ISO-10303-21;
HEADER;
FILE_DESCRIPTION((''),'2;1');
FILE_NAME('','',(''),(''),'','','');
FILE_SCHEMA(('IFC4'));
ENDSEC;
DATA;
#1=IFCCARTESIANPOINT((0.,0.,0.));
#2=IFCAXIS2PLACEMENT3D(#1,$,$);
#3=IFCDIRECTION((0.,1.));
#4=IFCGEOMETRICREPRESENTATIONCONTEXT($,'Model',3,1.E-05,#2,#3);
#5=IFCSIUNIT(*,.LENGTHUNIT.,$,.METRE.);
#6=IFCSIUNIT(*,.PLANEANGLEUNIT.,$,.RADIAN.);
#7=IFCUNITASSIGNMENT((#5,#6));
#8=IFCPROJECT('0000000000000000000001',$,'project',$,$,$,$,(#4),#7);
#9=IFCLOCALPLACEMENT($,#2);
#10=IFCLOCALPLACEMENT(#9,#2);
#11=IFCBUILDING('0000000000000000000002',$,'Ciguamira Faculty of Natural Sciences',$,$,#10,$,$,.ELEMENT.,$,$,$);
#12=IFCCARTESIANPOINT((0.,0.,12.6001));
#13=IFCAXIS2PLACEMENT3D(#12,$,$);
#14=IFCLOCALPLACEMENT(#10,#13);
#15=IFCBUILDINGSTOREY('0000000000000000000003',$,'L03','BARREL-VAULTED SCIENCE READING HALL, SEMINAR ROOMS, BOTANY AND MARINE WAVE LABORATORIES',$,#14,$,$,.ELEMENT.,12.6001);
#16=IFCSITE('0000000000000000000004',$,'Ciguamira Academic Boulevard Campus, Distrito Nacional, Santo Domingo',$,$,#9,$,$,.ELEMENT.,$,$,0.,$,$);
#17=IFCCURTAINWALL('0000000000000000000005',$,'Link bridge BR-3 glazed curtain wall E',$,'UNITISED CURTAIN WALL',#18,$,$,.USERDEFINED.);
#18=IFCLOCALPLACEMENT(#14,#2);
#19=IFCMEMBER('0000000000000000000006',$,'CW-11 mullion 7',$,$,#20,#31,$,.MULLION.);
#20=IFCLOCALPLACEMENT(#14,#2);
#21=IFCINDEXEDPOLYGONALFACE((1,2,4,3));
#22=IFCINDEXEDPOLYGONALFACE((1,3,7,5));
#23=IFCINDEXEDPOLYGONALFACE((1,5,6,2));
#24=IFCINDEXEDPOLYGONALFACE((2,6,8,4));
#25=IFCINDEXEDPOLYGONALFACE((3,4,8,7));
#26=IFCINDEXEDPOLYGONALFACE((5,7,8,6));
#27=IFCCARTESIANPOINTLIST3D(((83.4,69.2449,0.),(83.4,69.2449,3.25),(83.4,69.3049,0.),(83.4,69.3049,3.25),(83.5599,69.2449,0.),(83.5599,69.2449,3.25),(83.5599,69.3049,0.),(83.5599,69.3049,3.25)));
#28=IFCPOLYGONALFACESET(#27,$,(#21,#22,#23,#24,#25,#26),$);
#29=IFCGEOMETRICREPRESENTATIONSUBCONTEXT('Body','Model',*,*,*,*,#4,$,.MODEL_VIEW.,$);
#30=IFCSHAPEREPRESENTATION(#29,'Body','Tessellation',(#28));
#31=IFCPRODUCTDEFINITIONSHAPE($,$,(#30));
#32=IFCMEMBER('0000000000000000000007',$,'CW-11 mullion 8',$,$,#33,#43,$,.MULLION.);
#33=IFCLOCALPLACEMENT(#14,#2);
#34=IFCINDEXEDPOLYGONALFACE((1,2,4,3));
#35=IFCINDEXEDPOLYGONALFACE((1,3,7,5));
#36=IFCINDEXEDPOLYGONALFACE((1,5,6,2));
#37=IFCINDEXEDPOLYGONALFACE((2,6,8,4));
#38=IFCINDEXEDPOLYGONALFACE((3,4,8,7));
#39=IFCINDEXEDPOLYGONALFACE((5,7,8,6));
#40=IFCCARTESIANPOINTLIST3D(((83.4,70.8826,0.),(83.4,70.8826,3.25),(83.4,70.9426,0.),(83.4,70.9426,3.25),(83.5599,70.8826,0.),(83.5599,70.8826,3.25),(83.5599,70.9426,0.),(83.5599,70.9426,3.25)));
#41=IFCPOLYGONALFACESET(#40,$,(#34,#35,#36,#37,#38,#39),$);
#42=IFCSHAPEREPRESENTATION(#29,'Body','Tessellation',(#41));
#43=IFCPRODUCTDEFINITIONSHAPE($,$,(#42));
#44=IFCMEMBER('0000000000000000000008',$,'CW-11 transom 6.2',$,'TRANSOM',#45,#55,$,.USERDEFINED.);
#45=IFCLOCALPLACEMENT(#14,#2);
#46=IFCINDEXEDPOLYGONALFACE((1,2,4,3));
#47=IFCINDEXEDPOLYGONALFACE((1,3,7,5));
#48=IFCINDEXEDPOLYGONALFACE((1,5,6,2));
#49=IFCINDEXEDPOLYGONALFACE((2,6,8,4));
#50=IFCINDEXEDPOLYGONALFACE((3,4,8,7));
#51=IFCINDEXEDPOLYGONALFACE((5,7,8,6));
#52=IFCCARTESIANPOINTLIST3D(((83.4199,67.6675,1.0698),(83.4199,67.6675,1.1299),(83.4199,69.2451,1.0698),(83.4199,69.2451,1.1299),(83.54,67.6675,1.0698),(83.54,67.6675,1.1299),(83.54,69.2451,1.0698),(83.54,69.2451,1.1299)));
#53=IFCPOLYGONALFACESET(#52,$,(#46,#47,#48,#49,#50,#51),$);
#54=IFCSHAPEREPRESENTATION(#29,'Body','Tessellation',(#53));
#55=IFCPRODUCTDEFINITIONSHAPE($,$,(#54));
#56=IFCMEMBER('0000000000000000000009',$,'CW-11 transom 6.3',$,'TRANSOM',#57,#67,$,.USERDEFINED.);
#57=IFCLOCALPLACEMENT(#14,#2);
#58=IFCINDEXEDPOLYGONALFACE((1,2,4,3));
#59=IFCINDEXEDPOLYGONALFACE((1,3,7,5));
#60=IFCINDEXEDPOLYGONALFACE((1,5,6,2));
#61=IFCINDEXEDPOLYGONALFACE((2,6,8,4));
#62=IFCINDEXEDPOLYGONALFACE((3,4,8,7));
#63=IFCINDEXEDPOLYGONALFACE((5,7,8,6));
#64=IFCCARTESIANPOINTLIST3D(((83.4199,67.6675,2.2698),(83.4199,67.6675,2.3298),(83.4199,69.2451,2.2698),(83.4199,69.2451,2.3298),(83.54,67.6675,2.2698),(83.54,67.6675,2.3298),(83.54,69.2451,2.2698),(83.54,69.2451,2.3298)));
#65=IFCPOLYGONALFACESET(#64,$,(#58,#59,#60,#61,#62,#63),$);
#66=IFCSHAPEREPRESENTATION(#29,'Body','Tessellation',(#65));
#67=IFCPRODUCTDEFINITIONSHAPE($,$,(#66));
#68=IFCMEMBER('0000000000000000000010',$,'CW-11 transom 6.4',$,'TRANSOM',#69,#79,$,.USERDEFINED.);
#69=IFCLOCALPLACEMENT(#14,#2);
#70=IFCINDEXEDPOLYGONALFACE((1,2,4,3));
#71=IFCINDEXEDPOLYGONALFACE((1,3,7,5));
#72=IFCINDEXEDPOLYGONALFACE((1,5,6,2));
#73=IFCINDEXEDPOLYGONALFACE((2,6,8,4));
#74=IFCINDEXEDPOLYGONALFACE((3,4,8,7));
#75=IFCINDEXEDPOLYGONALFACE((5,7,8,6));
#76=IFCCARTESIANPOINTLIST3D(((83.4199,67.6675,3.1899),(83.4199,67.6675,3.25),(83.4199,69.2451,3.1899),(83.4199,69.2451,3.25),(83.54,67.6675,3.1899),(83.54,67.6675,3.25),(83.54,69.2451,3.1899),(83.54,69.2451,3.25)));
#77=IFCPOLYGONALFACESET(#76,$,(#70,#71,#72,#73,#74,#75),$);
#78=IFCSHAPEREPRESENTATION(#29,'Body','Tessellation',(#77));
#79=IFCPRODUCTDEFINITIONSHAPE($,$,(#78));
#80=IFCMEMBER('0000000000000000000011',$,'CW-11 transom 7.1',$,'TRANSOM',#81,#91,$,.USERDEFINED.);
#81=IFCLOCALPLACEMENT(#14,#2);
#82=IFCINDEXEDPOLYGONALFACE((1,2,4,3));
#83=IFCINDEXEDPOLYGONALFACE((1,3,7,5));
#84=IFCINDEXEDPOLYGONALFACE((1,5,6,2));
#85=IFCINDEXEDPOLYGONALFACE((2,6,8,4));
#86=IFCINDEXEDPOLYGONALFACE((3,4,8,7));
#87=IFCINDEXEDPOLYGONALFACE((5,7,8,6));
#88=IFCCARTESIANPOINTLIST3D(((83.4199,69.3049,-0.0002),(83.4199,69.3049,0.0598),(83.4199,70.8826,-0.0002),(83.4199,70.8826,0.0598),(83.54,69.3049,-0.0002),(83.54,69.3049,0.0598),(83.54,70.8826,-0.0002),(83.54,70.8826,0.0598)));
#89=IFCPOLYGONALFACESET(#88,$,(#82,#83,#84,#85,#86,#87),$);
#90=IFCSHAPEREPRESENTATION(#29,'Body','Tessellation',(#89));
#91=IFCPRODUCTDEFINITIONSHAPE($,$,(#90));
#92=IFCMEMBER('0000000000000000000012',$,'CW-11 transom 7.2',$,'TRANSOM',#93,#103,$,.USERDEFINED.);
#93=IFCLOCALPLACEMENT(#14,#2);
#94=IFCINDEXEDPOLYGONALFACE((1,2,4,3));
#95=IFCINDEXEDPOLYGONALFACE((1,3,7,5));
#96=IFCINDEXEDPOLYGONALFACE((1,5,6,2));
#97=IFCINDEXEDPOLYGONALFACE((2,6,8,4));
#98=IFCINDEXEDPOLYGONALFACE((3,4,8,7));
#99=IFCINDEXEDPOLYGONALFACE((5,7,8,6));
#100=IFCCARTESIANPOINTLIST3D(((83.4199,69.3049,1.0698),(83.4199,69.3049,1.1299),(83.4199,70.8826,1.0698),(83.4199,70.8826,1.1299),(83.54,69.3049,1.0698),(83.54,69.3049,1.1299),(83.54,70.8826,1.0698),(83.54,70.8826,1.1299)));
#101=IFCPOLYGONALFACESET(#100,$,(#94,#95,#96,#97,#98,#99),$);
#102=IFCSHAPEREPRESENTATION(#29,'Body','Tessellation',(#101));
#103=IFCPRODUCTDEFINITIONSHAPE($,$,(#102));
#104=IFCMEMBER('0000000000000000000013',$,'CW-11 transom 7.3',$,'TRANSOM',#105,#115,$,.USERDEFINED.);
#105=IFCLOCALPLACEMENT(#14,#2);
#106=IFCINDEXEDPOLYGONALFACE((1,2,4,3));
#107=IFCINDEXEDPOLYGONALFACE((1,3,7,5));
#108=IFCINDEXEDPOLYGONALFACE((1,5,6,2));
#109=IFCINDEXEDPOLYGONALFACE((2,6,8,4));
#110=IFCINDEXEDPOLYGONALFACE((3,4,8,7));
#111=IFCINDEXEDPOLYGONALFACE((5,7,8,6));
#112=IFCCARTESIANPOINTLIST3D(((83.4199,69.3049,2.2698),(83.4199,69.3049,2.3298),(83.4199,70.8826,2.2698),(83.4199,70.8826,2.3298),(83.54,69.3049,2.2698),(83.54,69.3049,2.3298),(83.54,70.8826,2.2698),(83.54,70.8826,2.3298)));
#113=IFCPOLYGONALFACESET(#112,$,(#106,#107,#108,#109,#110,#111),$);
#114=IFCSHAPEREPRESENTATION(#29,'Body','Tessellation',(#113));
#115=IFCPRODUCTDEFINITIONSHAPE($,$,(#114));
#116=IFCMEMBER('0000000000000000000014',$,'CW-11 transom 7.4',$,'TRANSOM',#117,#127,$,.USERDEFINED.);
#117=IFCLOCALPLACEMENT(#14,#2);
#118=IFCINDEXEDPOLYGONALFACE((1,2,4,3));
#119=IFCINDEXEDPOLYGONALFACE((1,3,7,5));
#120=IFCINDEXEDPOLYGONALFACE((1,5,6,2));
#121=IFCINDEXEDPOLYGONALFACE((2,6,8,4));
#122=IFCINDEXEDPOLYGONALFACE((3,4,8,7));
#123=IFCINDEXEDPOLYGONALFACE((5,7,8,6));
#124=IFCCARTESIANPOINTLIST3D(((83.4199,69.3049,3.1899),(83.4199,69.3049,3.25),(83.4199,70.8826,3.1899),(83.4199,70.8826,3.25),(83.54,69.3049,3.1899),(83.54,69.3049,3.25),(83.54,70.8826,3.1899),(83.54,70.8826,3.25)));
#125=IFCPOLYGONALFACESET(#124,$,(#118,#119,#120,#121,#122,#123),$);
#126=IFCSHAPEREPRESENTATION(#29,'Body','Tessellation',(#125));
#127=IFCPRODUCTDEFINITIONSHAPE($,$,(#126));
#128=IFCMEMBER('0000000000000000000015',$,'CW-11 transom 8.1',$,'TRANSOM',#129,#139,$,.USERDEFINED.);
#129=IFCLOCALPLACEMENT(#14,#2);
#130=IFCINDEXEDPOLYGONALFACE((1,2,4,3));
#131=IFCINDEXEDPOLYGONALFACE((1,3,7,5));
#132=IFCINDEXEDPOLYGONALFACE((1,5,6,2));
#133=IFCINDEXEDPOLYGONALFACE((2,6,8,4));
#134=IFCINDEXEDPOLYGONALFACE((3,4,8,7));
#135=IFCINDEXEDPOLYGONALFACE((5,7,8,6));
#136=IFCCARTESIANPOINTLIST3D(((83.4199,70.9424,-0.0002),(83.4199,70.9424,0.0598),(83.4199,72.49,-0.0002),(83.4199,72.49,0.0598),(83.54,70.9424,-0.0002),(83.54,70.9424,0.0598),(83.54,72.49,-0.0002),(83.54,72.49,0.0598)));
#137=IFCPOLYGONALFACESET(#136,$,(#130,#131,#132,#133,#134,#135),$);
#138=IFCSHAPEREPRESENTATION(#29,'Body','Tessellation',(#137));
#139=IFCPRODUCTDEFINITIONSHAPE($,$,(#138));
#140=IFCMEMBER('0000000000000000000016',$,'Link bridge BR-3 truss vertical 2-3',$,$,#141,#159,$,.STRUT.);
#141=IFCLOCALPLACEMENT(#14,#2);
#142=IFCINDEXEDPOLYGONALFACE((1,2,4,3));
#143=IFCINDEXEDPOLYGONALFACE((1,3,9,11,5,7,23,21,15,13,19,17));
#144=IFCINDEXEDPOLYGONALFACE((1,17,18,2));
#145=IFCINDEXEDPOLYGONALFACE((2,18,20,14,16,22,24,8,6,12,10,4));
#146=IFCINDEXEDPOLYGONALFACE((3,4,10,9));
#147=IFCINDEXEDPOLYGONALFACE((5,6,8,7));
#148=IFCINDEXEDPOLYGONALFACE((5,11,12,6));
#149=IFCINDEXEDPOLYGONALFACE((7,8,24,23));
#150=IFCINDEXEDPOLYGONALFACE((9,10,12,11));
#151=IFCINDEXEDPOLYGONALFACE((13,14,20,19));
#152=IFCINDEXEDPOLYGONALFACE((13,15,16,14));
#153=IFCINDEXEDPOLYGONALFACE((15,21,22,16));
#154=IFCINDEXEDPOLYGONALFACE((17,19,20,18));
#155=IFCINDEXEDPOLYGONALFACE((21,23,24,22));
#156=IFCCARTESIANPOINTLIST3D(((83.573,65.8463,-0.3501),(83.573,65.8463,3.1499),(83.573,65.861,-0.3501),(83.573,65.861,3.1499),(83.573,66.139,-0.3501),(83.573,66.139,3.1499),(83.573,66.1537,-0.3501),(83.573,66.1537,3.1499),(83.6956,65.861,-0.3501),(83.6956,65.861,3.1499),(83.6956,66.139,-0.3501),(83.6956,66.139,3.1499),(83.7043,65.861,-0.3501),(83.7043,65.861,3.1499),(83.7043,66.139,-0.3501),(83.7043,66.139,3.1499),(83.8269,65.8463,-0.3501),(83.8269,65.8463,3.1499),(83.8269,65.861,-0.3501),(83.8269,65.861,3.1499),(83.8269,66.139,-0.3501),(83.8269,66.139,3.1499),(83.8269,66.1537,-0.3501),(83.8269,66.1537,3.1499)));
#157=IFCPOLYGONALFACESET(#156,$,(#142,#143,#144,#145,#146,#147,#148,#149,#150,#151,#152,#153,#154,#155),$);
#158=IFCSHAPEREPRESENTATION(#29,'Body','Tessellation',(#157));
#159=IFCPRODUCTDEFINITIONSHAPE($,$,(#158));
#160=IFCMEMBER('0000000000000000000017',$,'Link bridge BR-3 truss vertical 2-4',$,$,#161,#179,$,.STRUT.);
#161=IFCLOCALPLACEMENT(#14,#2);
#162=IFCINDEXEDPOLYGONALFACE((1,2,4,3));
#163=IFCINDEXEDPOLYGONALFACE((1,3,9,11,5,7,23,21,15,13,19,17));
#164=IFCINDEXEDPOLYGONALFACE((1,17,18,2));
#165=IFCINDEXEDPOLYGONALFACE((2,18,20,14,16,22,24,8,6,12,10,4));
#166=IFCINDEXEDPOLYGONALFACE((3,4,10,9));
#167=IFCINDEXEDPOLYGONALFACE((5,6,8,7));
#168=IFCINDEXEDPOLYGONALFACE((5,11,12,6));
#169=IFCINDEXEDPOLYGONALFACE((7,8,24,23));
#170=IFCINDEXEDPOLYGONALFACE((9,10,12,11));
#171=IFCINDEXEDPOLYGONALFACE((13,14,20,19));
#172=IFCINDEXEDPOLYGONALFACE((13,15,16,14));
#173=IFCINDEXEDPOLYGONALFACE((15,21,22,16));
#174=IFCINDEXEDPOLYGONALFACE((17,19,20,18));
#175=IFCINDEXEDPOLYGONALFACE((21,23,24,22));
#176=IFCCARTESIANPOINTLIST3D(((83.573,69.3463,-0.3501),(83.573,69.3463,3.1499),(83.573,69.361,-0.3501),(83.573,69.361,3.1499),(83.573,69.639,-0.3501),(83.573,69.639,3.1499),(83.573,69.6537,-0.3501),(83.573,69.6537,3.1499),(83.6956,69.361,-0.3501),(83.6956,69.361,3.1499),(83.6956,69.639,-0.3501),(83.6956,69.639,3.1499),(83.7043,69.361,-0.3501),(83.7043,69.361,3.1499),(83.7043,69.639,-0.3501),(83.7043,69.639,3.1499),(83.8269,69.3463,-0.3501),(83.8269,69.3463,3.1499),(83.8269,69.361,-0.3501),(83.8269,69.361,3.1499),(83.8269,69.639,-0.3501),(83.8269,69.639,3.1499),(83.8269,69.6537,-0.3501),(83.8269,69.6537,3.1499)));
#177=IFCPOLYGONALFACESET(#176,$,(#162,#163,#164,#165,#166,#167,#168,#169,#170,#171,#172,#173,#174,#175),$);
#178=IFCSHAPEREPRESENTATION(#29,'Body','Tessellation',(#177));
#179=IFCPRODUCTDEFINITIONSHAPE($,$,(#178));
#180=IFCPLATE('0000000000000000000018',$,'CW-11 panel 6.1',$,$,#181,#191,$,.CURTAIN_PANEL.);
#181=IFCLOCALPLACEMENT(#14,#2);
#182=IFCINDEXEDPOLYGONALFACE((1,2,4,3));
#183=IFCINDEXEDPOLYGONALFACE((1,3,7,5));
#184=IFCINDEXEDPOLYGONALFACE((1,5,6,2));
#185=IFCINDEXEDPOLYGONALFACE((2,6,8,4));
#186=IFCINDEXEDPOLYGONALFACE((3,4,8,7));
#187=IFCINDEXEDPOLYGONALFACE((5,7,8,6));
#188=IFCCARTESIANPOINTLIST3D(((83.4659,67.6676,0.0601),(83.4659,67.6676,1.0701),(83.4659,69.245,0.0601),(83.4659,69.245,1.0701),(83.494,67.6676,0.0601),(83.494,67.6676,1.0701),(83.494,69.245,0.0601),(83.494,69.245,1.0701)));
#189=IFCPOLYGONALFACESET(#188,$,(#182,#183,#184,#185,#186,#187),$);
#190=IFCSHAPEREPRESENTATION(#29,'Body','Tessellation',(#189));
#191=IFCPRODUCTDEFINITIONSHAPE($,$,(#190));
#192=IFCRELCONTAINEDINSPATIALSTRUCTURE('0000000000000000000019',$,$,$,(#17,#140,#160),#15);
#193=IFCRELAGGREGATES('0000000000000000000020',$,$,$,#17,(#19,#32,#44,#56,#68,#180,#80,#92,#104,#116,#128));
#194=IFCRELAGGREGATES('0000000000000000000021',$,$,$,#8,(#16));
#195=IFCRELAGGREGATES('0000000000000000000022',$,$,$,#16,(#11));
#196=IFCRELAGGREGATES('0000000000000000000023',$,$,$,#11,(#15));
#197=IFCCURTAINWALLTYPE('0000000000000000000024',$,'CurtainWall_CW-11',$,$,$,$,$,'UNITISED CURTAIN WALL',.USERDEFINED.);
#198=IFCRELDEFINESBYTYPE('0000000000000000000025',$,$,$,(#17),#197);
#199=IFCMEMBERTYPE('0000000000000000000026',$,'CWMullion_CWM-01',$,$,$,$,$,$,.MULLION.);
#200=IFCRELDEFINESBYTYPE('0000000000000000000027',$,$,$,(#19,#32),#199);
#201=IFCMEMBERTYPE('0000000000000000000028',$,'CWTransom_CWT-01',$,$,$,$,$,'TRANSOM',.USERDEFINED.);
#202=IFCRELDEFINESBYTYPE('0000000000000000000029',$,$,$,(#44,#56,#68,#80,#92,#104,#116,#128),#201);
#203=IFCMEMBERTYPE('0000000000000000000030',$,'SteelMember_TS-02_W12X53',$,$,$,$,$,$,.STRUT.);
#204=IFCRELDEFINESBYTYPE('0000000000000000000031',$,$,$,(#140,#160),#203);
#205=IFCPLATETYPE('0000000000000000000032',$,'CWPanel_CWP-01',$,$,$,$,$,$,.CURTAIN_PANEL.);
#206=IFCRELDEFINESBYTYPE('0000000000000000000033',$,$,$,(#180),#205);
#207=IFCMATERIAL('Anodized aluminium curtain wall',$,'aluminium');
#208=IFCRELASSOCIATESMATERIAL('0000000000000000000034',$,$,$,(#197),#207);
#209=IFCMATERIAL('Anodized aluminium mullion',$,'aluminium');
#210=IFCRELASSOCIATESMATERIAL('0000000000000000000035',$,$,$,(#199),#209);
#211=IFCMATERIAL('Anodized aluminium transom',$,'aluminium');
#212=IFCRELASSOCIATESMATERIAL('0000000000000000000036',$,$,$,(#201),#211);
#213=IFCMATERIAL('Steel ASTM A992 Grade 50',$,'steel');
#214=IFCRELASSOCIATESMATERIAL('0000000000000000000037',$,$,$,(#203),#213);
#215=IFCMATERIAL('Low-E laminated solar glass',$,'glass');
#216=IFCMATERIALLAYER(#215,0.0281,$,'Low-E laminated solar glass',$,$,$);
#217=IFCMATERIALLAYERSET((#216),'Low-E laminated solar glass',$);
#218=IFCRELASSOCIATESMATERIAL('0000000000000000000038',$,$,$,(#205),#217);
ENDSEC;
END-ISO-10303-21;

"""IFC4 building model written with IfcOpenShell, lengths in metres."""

from ifc_helpers import new_model, si_unit, direction, frame, origin, origin_2d, place, context, subcontext, project, spatial, rectangle, i_section, extrude, material, layer, layer_set, material_profile, profile_set, type_object, element, aggregate, save


model = new_model("IFC4")

# Units and contexts
model_context = context("Model", 3, precision=1e-05, world=origin(), true_north=direction((0.0, 1.0)))
body_context = subcontext(model_context, "Body", "Model", "MODEL_VIEW")
ifc_project = project(units=[si_unit("LENGTHUNIT", "METRE"), si_unit("PLANEANGLEUNIT", "RADIAN")], contexts=[model_context])

# Site, building, storey
site_placement = place(None, origin())
site = spatial("IfcSite", under=ifc_project, at=site_placement, Name="Ciguamira Academic Boulevard Campus, Distrito Nacional, Santo Domingo", CompositionType="ELEMENT", RefElevation=0.0)
building_placement = place(site_placement, origin())
building = spatial("IfcBuilding", under=site, at=building_placement, Name="Ciguamira Faculty of Natural Sciences", CompositionType="ELEMENT")
storey_placement = place(building_placement, frame((0.0, 0.0, 12.6001)))
storey = spatial("IfcBuildingStorey", under=building, at=storey_placement, Name="L03", Description="BARREL-VAULTED SCIENCE READING HALL, SEMINAR ROOMS, BOTANY AND MARINE WAVE LABORATORIES", CompositionType="ELEMENT", Elevation=12.6001)

# Curtain wall, members
ifc_material_1 = material(Name="Anodized aluminium curtain wall", Category="aluminium")
curtain_wall_type = type_object("IfcCurtainWallType", Name="CurtainWall_CW-11", ElementType="UNITISED CURTAIN WALL", PredefinedType="USERDEFINED", material=ifc_material_1)
curtain_wall_placement = place(storey_placement, origin())
curtain_wall = element("IfcCurtainWall", 1, at=curtain_wall_placement, inside=storey, type_object=curtain_wall_type, Name="Link bridge BR-3 glazed curtain wall E", ObjectType="UNITISED CURTAIN WALL", PredefinedType="USERDEFINED")
ifc_material_2 = material(Name="Anodized aluminium mullion", Category="aluminium")
ifc_material_profile_1 = material_profile(ifc_material_2, rectangle(XDim=0.0601, YDim=0.1599, at=origin_2d()), Name="ALU-MUL-60X160")
ifc_profile_set_1 = profile_set([ifc_material_profile_1], Name="Anodized aluminium mullion")
member_type_1 = type_object("IfcMemberType", Name="CWMullion_CWM-01", PredefinedType="MULLION", material=ifc_profile_set_1)
member_1_placement = place(storey_placement, frame((83.48, 69.2749, 0.0), z_axis=(0.0, 0.0, 1.0), x_axis=(0.0, 1.0, 0.0)))
member_1 = element("IfcMember", 2, at=member_1_placement, type_object=member_type_1, Name="CW-11 mullion 7", PredefinedType="MULLION", context=body_context, shape_type="SweptSolid", body=[
    extrude(rectangle(XDim=0.0601, YDim=0.1599, at=origin_2d()), origin(), (0.0, 0.0, 1.0), 3.25),
])
member_2_placement = place(storey_placement, frame((83.48, 70.9126, 0.0), z_axis=(0.0, 0.0, 1.0), x_axis=(0.0, 1.0, 0.0)))
member_2 = element("IfcMember", 3, at=member_2_placement, type_object=member_type_1, Name="CW-11 mullion 8", PredefinedType="MULLION", context=body_context, shape_type="SweptSolid", body=[
    extrude(rectangle(XDim=0.0601, YDim=0.1599, at=origin_2d()), origin(), (0.0, 0.0, 1.0), 3.25),
])
ifc_material_3 = material(Name="Anodized aluminium transom", Category="aluminium")
ifc_material_profile_2 = material_profile(ifc_material_3, rectangle(XDim=0.0601, YDim=0.1201, at=origin_2d()), Name="ALU-TRN-60X120")
ifc_profile_set_2 = profile_set([ifc_material_profile_2], Name="Anodized aluminium transom")
member_type_2 = type_object("IfcMemberType", Name="CWTransom_CWT-01", ElementType="TRANSOM", PredefinedType="USERDEFINED", material=ifc_profile_set_2)
member_3_placement = place(storey_placement, frame((83.48, 67.6675, 1.0999), z_axis=(0.0, 1.0, 0.0), x_axis=(0.0, 0.0, 1.0)))
member_3 = element("IfcMember", 4, at=member_3_placement, type_object=member_type_2, Name="CW-11 transom 6.2", ObjectType="TRANSOM", PredefinedType="USERDEFINED", context=body_context, shape_type="SweptSolid", body=[
    extrude(rectangle(XDim=0.0601, YDim=0.1201, at=origin_2d()), origin(), (0.0, 0.0, 1.0), 1.5776),
])
member_4_placement = place(storey_placement, frame((83.48, 67.6675, 2.2998), z_axis=(0.0, 1.0, 0.0), x_axis=(0.0, 0.0, 1.0)))
member_4 = element("IfcMember", 5, at=member_4_placement, type_object=member_type_2, Name="CW-11 transom 6.3", ObjectType="TRANSOM", PredefinedType="USERDEFINED", context=body_context, shape_type="SweptSolid", body=[
    extrude(rectangle(XDim=0.0601, YDim=0.1201, at=origin_2d()), origin(), (0.0, 0.0, 1.0), 1.5776),
])
member_5_placement = place(storey_placement, frame((83.48, 67.6675, 3.22), z_axis=(0.0, 1.0, 0.0), x_axis=(0.0, 0.0, 1.0)))
member_5 = element("IfcMember", 6, at=member_5_placement, type_object=member_type_2, Name="CW-11 transom 6.4", ObjectType="TRANSOM", PredefinedType="USERDEFINED", context=body_context, shape_type="SweptSolid", body=[
    extrude(rectangle(XDim=0.0601, YDim=0.1201, at=origin_2d()), origin(), (0.0, 0.0, 1.0), 1.5776),
])
member_6_placement = place(storey_placement, frame((83.48, 69.3049, 0.0298), z_axis=(0.0, 1.0, 0.0), x_axis=(0.0, 0.0, 1.0)))
member_6 = element("IfcMember", 7, at=member_6_placement, type_object=member_type_2, Name="CW-11 transom 7.1", ObjectType="TRANSOM", PredefinedType="USERDEFINED", context=body_context, shape_type="SweptSolid", body=[
    extrude(rectangle(XDim=0.0601, YDim=0.1201, at=origin_2d()), origin(), (0.0, 0.0, 1.0), 1.5776),
])
member_7_placement = place(storey_placement, frame((83.48, 69.3049, 1.0999), z_axis=(0.0, 1.0, 0.0), x_axis=(0.0, 0.0, 1.0)))
member_7 = element("IfcMember", 8, at=member_7_placement, type_object=member_type_2, Name="CW-11 transom 7.2", ObjectType="TRANSOM", PredefinedType="USERDEFINED", context=body_context, shape_type="SweptSolid", body=[
    extrude(rectangle(XDim=0.0601, YDim=0.1201, at=origin_2d()), origin(), (0.0, 0.0, 1.0), 1.5776),
])
member_8_placement = place(storey_placement, frame((83.48, 69.3049, 2.2998), z_axis=(0.0, 1.0, 0.0), x_axis=(0.0, 0.0, 1.0)))
member_8 = element("IfcMember", 9, at=member_8_placement, type_object=member_type_2, Name="CW-11 transom 7.3", ObjectType="TRANSOM", PredefinedType="USERDEFINED", context=body_context, shape_type="SweptSolid", body=[
    extrude(rectangle(XDim=0.0601, YDim=0.1201, at=origin_2d()), origin(), (0.0, 0.0, 1.0), 1.5776),
])
member_9_placement = place(storey_placement, frame((83.48, 69.3049, 3.22), z_axis=(0.0, 1.0, 0.0), x_axis=(0.0, 0.0, 1.0)))
member_9 = element("IfcMember", 10, at=member_9_placement, type_object=member_type_2, Name="CW-11 transom 7.4", ObjectType="TRANSOM", PredefinedType="USERDEFINED", context=body_context, shape_type="SweptSolid", body=[
    extrude(rectangle(XDim=0.0601, YDim=0.1201, at=origin_2d()), origin(), (0.0, 0.0, 1.0), 1.5776),
])
member_10_placement = place(storey_placement, frame((83.48, 70.9424, 0.0298), z_axis=(0.0, 1.0, 0.0), x_axis=(0.0, 0.0, 1.0)))
member_10 = element("IfcMember", 11, at=member_10_placement, type_object=member_type_2, Name="CW-11 transom 8.1", ObjectType="TRANSOM", PredefinedType="USERDEFINED", context=body_context, shape_type="SweptSolid", body=[
    extrude(rectangle(XDim=0.0601, YDim=0.1201, at=origin_2d()), origin(), (0.0, 0.0, 1.0), 1.5476),
])

# Members
ifc_material_4 = material(Name="Steel ASTM A992 Grade 50", Category="steel")
ifc_material_profile_3 = material_profile(ifc_material_4, i_section(OverallWidth=0.2539, OverallDepth=0.3074, WebThickness=0.0088, FlangeThickness=0.0146, at=origin_2d()), Name="W12X53")
ifc_profile_set_3 = profile_set([ifc_material_profile_3], Name="Steel ASTM A992 Grade 50")
member_type_3 = type_object("IfcMemberType", Name="SteelMember_TS-02_W12X53", PredefinedType="STRUT", material=ifc_profile_set_3)
for number, where, z_axis, x_axis, name in (
    (12, (83.7, 66.0, -0.3501), (0.0, 0.0, 1.0), (1.0, 0.0, 0.0), "Link bridge BR-3 truss vertical 2-3"),
    (13, (83.7, 69.5, -0.3501), (0.0, 0.0, 1.0), (1.0, 0.0, 0.0), "Link bridge BR-3 truss vertical 2-4"),
):
    element("IfcMember", number, at=place(storey_placement, frame(where, z_axis=z_axis, x_axis=x_axis)), inside=storey, type_object=member_type_3, Name=name, PredefinedType="STRUT", context=body_context, shape_type="SweptSolid", body=[
        extrude(i_section(OverallWidth=0.2539, OverallDepth=0.3074, WebThickness=0.0088, FlangeThickness=0.0146, at=origin_2d()), origin(), (0.0, 0.0, 1.0), 3.5),
    ])

# Plate
ifc_material_5 = material(Name="Low-E laminated solar glass", Category="glass")
ifc_layer_1 = layer(ifc_material_5, 0.0281, Name="Low-E laminated solar glass")
ifc_layer_set_1 = layer_set([ifc_layer_1], Name="Low-E laminated solar glass")
plate_type_1 = type_object("IfcPlateType", Name="CWPanel_CWP-01", PredefinedType="CURTAIN_PANEL", material=ifc_layer_set_1)
plate_1_placement = place(storey_placement, frame((83.48, 68.4563, 0.0601), z_axis=(0.0, 0.0, 1.0), x_axis=(0.0, 1.0, 0.0)))
plate_1 = element("IfcPlate", 14, at=plate_1_placement, type_object=plate_type_1, Name="CW-11 panel 6.1", PredefinedType="CURTAIN_PANEL", context=body_context, shape_type="SweptSolid", body=[
    extrude(rectangle(XDim=1.5774, YDim=0.0281, at=origin_2d()), origin(), (0.0, 0.0, 1.0), 1.01),
])
aggregate(curtain_wall, [member_1, member_2, member_3, member_4, member_5, plate_1, member_6, member_7, member_8, member_9, member_10])

save(model, "model.ifc")
